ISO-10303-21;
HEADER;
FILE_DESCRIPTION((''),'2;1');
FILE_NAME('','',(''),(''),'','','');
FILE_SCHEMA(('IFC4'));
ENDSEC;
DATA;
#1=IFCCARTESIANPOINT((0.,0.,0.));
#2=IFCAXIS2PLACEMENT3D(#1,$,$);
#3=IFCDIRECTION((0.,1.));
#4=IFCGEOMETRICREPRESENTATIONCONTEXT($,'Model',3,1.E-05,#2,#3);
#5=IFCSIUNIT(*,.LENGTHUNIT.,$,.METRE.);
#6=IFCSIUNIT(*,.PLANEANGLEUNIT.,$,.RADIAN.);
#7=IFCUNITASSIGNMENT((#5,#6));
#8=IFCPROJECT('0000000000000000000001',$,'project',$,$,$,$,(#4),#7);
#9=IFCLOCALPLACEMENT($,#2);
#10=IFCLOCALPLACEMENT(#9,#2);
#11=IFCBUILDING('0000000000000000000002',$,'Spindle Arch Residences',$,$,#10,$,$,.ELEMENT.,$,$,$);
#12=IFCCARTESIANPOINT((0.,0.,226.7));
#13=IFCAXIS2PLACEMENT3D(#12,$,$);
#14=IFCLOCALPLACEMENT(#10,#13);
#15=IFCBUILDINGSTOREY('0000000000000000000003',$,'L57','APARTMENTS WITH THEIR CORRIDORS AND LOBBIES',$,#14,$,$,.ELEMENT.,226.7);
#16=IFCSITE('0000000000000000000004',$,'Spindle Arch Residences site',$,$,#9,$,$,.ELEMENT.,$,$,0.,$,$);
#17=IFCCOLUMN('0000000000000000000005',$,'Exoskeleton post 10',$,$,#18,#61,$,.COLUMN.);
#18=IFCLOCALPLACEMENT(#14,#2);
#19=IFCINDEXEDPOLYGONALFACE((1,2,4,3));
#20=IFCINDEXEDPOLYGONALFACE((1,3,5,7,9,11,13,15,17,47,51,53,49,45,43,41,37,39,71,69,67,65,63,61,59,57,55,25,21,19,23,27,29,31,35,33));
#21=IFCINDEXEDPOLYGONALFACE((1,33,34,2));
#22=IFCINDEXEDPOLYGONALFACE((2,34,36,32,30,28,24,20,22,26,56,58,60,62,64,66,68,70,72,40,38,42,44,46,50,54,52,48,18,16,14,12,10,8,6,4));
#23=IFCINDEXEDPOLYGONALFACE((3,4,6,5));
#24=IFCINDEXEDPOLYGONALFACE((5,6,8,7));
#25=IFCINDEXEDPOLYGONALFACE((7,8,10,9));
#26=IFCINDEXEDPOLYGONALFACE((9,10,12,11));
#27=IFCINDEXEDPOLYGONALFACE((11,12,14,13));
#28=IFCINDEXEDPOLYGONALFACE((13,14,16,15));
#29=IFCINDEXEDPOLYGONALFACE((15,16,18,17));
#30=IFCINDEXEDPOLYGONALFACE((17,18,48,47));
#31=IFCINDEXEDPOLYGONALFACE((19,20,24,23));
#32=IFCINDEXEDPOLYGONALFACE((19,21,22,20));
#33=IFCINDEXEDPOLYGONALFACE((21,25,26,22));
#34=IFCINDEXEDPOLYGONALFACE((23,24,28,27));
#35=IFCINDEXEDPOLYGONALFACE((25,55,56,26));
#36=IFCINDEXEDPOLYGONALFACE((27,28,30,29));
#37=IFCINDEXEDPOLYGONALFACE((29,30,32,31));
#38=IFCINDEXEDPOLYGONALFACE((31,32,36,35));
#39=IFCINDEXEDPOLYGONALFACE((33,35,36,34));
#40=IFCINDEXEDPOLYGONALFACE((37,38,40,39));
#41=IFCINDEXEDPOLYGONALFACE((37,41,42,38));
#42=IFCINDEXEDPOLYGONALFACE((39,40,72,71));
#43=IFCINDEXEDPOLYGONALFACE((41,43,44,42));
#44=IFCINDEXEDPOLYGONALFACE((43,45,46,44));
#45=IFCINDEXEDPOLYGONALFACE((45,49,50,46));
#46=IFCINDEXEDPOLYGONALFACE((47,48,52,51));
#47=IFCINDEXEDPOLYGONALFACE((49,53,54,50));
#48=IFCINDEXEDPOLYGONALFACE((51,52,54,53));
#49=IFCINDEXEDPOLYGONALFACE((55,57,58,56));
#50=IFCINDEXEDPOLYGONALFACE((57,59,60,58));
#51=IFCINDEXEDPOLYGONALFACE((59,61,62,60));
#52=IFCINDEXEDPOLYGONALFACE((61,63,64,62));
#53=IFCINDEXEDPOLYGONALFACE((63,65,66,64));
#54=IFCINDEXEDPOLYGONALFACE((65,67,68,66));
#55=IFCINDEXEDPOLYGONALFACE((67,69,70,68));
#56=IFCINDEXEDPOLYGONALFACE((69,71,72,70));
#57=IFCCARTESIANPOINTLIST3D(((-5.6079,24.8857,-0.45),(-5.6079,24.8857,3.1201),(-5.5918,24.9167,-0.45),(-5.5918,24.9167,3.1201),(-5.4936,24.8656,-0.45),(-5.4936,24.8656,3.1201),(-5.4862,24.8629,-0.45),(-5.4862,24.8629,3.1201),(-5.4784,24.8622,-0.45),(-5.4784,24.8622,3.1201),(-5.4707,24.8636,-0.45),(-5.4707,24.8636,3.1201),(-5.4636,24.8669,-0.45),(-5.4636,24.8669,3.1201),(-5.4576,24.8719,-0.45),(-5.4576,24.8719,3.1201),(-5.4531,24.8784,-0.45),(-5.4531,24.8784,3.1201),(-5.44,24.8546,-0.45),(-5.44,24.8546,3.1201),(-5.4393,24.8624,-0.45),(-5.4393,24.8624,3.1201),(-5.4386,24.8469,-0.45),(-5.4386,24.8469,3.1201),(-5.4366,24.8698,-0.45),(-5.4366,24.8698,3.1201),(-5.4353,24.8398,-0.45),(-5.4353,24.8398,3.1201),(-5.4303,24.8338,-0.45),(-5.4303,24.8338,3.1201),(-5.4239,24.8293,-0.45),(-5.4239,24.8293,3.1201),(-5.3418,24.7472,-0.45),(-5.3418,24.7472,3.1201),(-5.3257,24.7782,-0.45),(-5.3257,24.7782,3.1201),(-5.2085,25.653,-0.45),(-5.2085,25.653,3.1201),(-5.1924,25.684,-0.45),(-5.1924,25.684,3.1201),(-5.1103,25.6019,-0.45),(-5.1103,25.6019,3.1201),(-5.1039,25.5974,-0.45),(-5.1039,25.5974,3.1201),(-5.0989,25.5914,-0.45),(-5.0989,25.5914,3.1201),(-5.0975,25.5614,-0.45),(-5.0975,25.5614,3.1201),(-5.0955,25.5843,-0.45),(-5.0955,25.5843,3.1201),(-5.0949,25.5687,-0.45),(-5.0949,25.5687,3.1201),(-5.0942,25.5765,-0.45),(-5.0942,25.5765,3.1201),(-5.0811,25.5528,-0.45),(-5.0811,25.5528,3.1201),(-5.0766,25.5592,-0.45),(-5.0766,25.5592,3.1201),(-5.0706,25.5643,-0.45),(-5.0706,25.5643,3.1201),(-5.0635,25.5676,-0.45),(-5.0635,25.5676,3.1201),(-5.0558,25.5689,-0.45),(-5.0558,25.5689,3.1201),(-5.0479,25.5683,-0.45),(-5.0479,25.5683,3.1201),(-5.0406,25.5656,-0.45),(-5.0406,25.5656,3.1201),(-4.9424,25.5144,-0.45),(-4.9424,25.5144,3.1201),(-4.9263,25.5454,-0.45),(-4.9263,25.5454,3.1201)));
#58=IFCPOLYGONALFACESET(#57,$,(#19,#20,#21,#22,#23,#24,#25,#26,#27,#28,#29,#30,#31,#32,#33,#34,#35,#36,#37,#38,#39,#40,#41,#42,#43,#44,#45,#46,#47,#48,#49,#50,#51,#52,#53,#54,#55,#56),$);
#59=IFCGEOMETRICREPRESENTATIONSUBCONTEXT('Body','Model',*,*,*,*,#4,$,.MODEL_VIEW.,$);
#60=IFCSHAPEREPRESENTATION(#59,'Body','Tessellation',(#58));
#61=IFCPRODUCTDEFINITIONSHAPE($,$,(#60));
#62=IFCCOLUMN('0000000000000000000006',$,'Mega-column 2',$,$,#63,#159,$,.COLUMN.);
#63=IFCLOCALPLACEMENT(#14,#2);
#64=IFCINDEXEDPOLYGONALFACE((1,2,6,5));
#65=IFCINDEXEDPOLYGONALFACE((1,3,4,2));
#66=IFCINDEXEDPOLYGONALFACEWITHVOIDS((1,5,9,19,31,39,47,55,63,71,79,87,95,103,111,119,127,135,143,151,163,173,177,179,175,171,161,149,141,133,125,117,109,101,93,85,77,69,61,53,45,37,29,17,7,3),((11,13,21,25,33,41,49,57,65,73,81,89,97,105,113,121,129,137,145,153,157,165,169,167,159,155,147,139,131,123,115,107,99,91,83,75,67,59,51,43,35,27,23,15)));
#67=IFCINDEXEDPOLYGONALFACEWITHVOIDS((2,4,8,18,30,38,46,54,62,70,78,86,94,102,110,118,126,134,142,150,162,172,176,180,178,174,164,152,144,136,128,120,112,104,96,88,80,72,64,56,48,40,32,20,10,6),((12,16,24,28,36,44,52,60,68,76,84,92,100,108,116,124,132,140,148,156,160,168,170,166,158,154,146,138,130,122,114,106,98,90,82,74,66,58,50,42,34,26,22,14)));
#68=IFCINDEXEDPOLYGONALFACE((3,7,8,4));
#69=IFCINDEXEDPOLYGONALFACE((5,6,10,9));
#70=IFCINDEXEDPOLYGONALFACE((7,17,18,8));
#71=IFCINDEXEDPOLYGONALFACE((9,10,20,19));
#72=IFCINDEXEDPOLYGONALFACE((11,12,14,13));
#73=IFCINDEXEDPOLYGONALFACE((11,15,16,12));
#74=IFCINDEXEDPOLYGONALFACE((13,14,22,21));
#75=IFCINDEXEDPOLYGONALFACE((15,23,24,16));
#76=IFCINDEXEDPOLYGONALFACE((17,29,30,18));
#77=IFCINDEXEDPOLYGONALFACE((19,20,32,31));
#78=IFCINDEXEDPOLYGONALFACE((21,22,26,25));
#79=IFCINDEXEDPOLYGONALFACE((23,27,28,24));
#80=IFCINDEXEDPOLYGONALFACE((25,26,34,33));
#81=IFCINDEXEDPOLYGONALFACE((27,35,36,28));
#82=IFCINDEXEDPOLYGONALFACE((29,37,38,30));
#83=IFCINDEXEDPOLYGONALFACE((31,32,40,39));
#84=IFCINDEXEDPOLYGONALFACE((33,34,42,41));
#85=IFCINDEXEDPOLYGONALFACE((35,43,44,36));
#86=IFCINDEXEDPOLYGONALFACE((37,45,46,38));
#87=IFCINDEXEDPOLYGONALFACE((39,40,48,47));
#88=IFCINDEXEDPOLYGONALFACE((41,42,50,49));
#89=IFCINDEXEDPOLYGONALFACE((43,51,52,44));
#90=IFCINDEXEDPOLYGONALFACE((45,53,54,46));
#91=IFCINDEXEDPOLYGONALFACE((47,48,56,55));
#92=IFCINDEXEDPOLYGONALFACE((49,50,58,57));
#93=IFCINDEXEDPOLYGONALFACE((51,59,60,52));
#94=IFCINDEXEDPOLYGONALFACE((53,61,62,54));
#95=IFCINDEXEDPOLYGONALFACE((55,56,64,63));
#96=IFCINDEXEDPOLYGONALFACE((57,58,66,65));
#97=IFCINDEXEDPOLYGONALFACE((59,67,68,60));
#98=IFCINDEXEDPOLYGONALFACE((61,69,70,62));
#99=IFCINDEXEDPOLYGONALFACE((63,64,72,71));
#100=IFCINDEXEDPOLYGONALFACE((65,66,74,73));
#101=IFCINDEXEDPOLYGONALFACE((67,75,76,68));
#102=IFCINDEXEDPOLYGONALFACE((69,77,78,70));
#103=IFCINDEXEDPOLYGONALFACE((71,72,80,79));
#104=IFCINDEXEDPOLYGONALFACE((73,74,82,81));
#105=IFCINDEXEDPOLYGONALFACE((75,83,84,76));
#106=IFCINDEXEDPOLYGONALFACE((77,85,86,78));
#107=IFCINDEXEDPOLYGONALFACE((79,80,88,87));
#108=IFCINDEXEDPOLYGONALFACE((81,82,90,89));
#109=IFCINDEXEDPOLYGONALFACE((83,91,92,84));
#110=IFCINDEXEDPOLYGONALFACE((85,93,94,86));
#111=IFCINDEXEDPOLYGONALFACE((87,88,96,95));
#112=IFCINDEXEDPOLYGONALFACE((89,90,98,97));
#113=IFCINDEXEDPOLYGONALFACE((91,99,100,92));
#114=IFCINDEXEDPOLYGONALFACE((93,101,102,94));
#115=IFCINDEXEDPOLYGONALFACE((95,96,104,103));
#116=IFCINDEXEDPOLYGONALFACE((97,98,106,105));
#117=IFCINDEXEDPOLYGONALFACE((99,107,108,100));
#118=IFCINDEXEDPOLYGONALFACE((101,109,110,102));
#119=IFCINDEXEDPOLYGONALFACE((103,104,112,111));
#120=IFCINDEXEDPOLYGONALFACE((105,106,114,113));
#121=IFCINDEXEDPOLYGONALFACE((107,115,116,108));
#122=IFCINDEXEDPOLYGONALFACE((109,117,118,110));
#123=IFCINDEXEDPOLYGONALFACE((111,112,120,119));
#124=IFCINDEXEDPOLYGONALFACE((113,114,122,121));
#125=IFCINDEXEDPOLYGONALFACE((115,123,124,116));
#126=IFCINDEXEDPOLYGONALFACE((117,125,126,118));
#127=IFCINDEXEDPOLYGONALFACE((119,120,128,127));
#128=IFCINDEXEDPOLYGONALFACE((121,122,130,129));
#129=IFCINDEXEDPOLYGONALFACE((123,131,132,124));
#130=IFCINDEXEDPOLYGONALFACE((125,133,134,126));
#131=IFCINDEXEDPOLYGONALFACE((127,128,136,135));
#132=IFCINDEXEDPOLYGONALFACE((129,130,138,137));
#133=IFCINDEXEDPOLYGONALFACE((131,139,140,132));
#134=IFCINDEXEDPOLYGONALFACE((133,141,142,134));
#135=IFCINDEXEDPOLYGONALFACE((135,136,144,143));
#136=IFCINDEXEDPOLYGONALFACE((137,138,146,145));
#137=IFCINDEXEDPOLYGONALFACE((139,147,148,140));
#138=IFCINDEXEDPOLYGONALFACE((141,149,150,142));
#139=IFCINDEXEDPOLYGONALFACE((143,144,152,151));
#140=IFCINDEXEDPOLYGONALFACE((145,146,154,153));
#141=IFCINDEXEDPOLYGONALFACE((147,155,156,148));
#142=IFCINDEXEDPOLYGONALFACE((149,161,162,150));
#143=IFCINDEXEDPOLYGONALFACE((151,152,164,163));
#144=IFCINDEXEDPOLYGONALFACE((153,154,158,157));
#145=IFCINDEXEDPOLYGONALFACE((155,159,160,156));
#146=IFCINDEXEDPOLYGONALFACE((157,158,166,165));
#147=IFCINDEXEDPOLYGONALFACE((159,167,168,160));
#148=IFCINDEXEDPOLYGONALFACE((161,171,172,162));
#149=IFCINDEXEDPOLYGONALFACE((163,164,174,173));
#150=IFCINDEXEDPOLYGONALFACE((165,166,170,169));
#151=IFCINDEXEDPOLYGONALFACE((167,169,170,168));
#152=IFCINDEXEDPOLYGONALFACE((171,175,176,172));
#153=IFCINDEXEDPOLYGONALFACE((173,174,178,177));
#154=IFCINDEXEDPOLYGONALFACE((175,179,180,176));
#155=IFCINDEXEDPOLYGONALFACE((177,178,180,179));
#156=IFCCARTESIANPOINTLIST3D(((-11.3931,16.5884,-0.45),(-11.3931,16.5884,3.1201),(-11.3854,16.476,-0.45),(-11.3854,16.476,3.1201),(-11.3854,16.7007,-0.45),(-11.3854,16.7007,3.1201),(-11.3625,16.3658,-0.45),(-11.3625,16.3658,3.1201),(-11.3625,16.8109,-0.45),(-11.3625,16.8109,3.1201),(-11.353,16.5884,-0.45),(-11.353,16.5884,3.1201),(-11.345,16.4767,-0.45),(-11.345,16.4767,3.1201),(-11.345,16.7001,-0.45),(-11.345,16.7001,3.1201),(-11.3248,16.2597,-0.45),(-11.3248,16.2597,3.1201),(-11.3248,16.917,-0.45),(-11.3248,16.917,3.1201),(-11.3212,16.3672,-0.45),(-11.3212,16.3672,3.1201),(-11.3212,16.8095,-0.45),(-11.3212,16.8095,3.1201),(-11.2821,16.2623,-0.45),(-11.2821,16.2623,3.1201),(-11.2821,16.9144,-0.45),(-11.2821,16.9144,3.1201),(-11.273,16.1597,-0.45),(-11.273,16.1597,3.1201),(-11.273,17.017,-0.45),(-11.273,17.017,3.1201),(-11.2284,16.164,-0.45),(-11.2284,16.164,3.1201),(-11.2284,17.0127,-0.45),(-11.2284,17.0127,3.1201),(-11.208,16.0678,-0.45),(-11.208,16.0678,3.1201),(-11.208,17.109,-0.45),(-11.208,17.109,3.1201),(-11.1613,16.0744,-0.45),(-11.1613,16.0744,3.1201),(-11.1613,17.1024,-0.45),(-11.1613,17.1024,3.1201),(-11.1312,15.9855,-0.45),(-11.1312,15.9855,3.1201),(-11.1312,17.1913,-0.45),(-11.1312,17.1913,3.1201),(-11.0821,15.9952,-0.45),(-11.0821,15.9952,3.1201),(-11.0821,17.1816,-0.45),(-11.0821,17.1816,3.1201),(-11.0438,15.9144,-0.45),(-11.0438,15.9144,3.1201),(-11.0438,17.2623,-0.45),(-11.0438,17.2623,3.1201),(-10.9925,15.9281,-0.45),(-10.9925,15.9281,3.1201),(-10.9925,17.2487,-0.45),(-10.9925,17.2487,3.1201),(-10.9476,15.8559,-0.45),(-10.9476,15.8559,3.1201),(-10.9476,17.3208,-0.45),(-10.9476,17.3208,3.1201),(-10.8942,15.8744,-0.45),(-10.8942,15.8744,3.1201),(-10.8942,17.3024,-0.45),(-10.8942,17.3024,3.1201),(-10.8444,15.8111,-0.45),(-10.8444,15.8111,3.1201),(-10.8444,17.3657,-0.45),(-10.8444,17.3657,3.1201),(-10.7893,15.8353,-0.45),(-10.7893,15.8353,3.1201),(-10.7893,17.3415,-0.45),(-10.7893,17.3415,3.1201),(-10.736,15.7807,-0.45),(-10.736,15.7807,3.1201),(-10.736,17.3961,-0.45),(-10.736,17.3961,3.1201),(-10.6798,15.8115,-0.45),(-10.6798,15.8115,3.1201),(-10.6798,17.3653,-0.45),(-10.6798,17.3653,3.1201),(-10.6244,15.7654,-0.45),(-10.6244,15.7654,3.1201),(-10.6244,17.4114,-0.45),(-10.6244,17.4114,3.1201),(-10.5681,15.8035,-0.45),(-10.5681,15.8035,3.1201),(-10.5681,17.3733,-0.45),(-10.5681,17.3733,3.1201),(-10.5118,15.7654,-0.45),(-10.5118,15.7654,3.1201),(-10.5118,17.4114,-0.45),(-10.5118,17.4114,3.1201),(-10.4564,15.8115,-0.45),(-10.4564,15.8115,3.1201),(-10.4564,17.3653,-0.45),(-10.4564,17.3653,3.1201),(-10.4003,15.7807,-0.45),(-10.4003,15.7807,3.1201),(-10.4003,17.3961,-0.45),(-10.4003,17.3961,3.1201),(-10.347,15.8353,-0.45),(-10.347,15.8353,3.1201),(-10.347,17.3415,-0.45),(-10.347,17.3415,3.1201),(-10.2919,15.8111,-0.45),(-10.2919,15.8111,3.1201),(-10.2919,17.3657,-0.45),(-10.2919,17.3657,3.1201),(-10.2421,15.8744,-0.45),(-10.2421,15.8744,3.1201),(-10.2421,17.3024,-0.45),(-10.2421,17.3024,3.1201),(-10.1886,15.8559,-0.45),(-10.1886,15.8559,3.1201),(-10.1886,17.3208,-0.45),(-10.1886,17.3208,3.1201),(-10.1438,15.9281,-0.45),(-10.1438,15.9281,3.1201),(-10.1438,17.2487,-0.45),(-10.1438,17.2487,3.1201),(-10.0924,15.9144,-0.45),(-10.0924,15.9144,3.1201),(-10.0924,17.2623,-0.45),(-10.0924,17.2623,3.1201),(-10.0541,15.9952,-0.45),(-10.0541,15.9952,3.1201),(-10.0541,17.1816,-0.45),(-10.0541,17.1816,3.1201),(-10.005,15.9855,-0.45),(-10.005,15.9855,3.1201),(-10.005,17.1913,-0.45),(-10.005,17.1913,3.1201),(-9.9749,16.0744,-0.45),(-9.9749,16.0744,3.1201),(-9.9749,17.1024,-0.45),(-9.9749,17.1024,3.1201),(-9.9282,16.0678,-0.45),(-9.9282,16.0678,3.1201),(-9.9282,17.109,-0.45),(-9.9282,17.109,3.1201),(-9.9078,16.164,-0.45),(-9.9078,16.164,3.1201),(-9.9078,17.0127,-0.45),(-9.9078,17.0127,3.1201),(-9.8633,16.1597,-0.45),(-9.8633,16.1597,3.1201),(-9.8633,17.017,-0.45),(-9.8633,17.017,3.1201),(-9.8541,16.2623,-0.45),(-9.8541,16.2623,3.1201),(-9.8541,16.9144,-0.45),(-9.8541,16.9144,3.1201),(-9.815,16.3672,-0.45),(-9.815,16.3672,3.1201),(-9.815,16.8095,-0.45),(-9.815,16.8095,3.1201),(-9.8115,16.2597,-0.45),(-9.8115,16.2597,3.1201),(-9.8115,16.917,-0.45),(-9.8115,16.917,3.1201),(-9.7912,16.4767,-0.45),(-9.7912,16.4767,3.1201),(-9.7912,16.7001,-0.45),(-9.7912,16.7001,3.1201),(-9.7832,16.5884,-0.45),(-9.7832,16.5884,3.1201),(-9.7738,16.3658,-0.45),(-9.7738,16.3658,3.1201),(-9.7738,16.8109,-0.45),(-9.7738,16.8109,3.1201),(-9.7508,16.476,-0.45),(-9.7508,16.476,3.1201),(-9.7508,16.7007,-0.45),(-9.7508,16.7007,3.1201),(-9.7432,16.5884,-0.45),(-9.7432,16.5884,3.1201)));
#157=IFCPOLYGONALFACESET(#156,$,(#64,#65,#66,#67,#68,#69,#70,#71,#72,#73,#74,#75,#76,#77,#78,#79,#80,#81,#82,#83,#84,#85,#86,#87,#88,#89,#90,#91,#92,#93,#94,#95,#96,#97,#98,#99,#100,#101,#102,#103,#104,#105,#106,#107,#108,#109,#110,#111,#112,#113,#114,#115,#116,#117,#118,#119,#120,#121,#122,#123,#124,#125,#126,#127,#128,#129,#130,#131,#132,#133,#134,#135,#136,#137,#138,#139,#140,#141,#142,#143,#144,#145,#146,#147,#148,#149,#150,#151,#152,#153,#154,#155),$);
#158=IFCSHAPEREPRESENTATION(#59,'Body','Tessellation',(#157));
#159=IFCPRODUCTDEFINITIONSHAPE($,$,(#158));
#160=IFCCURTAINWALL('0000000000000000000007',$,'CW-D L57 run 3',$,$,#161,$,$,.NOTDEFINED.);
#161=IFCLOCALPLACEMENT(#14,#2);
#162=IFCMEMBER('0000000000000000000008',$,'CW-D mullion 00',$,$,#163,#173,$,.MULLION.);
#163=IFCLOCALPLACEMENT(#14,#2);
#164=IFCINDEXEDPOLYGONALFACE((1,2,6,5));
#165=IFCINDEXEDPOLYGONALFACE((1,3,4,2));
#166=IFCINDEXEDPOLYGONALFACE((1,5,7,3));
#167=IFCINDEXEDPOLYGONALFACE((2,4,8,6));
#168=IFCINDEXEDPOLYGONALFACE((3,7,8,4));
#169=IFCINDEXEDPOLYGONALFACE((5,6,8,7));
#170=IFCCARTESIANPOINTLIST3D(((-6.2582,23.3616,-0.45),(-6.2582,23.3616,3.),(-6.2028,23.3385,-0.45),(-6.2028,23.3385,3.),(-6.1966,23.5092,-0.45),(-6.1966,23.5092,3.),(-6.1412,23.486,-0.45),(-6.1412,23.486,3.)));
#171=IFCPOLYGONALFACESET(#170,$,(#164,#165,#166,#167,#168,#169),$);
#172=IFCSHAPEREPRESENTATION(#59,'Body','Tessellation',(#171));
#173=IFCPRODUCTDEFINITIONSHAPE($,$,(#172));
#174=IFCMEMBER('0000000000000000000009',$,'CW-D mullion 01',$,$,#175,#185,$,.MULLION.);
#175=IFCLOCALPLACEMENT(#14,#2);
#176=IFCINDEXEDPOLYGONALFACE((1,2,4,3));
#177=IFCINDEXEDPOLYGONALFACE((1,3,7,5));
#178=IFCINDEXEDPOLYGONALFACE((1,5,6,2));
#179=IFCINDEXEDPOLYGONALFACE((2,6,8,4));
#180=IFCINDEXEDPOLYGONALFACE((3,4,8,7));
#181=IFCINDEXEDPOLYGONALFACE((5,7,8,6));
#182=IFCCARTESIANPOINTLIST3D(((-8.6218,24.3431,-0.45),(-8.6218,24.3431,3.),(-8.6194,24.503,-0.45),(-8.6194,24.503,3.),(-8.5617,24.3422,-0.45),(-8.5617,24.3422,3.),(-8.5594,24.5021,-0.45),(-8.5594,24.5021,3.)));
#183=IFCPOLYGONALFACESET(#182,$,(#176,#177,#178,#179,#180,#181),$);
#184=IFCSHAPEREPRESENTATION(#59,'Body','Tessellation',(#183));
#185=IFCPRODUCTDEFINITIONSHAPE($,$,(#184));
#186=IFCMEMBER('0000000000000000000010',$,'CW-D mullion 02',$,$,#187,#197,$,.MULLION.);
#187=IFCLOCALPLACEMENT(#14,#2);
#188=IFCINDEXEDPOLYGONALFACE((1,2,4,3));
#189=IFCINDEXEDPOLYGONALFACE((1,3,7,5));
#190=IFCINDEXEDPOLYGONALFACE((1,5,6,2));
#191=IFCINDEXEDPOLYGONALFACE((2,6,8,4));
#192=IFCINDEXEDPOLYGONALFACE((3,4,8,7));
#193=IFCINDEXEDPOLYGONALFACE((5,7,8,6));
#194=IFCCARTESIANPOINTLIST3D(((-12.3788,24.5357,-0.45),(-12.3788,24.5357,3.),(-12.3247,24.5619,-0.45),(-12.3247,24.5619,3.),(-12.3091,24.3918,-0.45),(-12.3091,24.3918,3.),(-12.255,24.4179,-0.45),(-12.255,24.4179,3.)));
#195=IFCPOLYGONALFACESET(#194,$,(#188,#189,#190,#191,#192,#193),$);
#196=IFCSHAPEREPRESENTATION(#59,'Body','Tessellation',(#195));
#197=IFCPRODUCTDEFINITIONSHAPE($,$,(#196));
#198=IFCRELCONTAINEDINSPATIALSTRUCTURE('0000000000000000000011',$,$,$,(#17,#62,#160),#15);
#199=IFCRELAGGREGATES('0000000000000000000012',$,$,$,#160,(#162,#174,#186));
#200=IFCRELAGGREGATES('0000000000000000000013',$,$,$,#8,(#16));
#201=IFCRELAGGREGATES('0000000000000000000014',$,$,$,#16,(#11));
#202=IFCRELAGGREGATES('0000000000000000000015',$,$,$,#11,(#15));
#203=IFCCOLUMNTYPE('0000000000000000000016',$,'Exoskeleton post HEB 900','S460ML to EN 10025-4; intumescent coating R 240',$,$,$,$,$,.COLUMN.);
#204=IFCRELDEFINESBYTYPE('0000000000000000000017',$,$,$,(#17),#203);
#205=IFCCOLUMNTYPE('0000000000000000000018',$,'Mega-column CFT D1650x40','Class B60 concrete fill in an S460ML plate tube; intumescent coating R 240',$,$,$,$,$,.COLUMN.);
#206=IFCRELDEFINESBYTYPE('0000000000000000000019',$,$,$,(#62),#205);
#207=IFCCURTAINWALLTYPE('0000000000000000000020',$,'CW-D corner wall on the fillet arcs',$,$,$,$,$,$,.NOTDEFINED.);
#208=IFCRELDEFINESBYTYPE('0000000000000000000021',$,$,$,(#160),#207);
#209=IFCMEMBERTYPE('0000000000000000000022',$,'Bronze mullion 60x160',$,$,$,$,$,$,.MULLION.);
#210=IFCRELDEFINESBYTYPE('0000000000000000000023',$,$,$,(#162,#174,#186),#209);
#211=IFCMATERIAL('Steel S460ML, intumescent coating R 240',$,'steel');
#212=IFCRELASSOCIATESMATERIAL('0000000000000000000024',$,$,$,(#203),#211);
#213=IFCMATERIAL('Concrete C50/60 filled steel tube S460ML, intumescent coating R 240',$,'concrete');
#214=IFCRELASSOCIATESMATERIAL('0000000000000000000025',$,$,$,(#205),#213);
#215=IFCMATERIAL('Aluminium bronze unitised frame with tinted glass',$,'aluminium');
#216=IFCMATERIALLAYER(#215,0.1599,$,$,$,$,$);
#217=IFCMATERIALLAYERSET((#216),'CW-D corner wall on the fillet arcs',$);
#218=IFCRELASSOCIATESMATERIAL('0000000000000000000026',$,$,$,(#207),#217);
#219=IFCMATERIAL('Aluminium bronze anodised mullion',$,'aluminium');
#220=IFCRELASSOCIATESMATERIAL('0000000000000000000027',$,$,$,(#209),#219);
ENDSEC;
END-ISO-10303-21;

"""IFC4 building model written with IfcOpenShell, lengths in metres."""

from ifc_helpers import new_model, si_unit, direction, frame, origin, origin_2d, place, context, subcontext, project, spatial, rectangle, hollow_circle, i_section, extrude, material, layer, layer_set, material_profile, profile_set, type_object, element, aggregate, save


model = new_model("IFC4")

# Units and contexts
model_context = context("Model", 3, precision=1e-05, world=origin(), true_north=direction((0.0, 1.0)))
body_context = subcontext(model_context, "Body", "Model", "MODEL_VIEW")
ifc_project = project(units=[si_unit("LENGTHUNIT", "METRE"), si_unit("PLANEANGLEUNIT", "RADIAN")], contexts=[model_context])

# Site, building, storey
site_placement = place(None, origin())
site = spatial("IfcSite", under=ifc_project, at=site_placement, Name="Spindle Arch Residences site", CompositionType="ELEMENT", RefElevation=0.0)
building_placement = place(site_placement, origin())
building = spatial("IfcBuilding", under=site, at=building_placement, Name="Spindle Arch Residences", CompositionType="ELEMENT")
storey_placement = place(building_placement, frame((0.0, 0.0, 226.7)))
storey = spatial("IfcBuildingStorey", under=building, at=storey_placement, Name="L57", Description="APARTMENTS WITH THEIR CORRIDORS AND LOBBIES", CompositionType="ELEMENT", Elevation=226.7)

# Columns
ifc_material_1 = material(Name="Steel S460ML, intumescent coating R 240", Category="steel")
ifc_material_profile_1 = material_profile(ifc_material_1, i_section(OverallWidth=0.3, OverallDepth=0.8999, WebThickness=0.0186, FlangeThickness=0.0349, FilletRadius=0.03, at=origin_2d()), Name="HEB 900")
ifc_profile_set_1 = profile_set([ifc_material_profile_1], Name="Steel S460ML, intumescent coating R 240")
column_type_1 = type_object("IfcColumnType", Name="Exoskeleton post HEB 900", Description="S460ML to EN 10025-4; intumescent coating R 240", PredefinedType="COLUMN", material=ifc_profile_set_1)
column_1_placement = place(storey_placement, frame((-5.2671, 25.2156, -0.45), z_axis=(0.0, 0.0, 1.0), x_axis=(0.887011, -0.461749, 0.0)))
element("IfcColumn", 1, at=column_1_placement, inside=storey, type_object=column_type_1, Name="Exoskeleton post 10", PredefinedType="COLUMN", context=body_context, shape_type="SweptSolid", body=[
    extrude(i_section(OverallWidth=0.3, OverallDepth=0.8999, WebThickness=0.0186, FlangeThickness=0.0349, FilletRadius=0.03, at=origin_2d()), origin(), (0.0, 0.0, 1.0), 3.5701),
])
ifc_material_2 = material(Name="Concrete C50/60 filled steel tube S460ML, intumescent coating R 240", Category="concrete")
ifc_material_profile_2 = material_profile(ifc_material_2, hollow_circle(Radius=0.825, WallThickness=0.04, at=origin_2d()), Name="CFT D1650x40")
ifc_profile_set_2 = profile_set([ifc_material_profile_2], Name="Concrete C50/60 filled steel tube S460ML, intumescent coating R 240")
column_type_2 = type_object("IfcColumnType", Name="Mega-column CFT D1650x40", Description="Class B60 concrete fill in an S460ML plate tube; intumescent coating R 240", PredefinedType="COLUMN", material=ifc_profile_set_2)
column_2_placement = place(storey_placement, frame((-10.5681, 16.5884, -0.45), z_axis=(0.0, 0.0, 1.0), x_axis=(1.0, 0.0, 0.0)))
element("IfcColumn", 2, at=column_2_placement, inside=storey, type_object=column_type_2, Name="Mega-column 2", PredefinedType="COLUMN", context=body_context, shape_type="SweptSolid", body=[
    extrude(hollow_circle(Radius=0.825, WallThickness=0.04, at=origin_2d()), origin(), (0.0, 0.0, 1.0), 3.5701),
])

# Curtain wall, members
ifc_material_3 = material(Name="Aluminium bronze unitised frame with tinted glass", Category="aluminium")
ifc_layer_1 = layer(ifc_material_3, 0.1599)
ifc_layer_set_1 = layer_set([ifc_layer_1], Name="CW-D corner wall on the fillet arcs")
curtain_wall_type_1 = type_object("IfcCurtainWallType", Name="CW-D corner wall on the fillet arcs", PredefinedType="NOTDEFINED", material=ifc_layer_set_1)
curtain_wall_1_placement = place(storey_placement, origin())
curtain_wall_1 = element("IfcCurtainWall", 3, at=curtain_wall_1_placement, inside=storey, type_object=curtain_wall_type_1, Name="CW-D L57 run 3", PredefinedType="NOTDEFINED")
ifc_material_4 = material(Name="Aluminium bronze anodised mullion", Category="aluminium")
ifc_material_profile_3 = material_profile(ifc_material_4, rectangle(XDim=0.1599, YDim=0.0601, at=origin_2d()), Name="MU 60x160")
ifc_profile_set_3 = profile_set([ifc_material_profile_3], Name="Aluminium bronze anodised mullion")
member_type_1 = type_object("IfcMemberType", Name="Bronze mullion 60x160", PredefinedType="MULLION", material=ifc_profile_set_3)
member_1_placement = place(storey_placement, frame((-6.1997, 23.4238, -0.45), z_axis=(0.0, 0.0, 1.0), x_axis=(-0.385552, -0.922686, 0.0)))
member_1 = element("IfcMember", 4, at=member_1_placement, type_object=member_type_1, Name="CW-D mullion 00", PredefinedType="MULLION", context=body_context, shape_type="SweptSolid", body=[
    extrude(rectangle(XDim=0.1599, YDim=0.0601, at=origin_2d()), origin(), (0.0, 0.0, 1.0), 3.45),
])
member_2_placement = place(storey_placement, frame((-8.5906, 24.4226, -0.45), z_axis=(0.0, 0.0, 1.0), x_axis=(-0.014544, -0.999894, 0.0)))
member_2 = element("IfcMember", 5, at=member_2_placement, type_object=member_type_1, Name="CW-D mullion 01", PredefinedType="MULLION", context=body_context, shape_type="SweptSolid", body=[
    extrude(rectangle(XDim=0.1599, YDim=0.0601, at=origin_2d()), origin(), (0.0, 0.0, 1.0), 3.45),
])
member_3_placement = place(storey_placement, frame((-12.3169, 24.4768, -0.45), z_axis=(0.0, 0.0, 1.0), x_axis=(0.435755, -0.900065, 0.0)))
member_3 = element("IfcMember", 6, at=member_3_placement, type_object=member_type_1, Name="CW-D mullion 02", PredefinedType="MULLION", context=body_context, shape_type="SweptSolid", body=[
    extrude(rectangle(XDim=0.1599, YDim=0.0601, at=origin_2d()), origin(), (0.0, 0.0, 1.0), 3.45),
])

aggregate(curtain_wall_1, [member_1, member_2, member_3])

save(model, "model.ifc")
